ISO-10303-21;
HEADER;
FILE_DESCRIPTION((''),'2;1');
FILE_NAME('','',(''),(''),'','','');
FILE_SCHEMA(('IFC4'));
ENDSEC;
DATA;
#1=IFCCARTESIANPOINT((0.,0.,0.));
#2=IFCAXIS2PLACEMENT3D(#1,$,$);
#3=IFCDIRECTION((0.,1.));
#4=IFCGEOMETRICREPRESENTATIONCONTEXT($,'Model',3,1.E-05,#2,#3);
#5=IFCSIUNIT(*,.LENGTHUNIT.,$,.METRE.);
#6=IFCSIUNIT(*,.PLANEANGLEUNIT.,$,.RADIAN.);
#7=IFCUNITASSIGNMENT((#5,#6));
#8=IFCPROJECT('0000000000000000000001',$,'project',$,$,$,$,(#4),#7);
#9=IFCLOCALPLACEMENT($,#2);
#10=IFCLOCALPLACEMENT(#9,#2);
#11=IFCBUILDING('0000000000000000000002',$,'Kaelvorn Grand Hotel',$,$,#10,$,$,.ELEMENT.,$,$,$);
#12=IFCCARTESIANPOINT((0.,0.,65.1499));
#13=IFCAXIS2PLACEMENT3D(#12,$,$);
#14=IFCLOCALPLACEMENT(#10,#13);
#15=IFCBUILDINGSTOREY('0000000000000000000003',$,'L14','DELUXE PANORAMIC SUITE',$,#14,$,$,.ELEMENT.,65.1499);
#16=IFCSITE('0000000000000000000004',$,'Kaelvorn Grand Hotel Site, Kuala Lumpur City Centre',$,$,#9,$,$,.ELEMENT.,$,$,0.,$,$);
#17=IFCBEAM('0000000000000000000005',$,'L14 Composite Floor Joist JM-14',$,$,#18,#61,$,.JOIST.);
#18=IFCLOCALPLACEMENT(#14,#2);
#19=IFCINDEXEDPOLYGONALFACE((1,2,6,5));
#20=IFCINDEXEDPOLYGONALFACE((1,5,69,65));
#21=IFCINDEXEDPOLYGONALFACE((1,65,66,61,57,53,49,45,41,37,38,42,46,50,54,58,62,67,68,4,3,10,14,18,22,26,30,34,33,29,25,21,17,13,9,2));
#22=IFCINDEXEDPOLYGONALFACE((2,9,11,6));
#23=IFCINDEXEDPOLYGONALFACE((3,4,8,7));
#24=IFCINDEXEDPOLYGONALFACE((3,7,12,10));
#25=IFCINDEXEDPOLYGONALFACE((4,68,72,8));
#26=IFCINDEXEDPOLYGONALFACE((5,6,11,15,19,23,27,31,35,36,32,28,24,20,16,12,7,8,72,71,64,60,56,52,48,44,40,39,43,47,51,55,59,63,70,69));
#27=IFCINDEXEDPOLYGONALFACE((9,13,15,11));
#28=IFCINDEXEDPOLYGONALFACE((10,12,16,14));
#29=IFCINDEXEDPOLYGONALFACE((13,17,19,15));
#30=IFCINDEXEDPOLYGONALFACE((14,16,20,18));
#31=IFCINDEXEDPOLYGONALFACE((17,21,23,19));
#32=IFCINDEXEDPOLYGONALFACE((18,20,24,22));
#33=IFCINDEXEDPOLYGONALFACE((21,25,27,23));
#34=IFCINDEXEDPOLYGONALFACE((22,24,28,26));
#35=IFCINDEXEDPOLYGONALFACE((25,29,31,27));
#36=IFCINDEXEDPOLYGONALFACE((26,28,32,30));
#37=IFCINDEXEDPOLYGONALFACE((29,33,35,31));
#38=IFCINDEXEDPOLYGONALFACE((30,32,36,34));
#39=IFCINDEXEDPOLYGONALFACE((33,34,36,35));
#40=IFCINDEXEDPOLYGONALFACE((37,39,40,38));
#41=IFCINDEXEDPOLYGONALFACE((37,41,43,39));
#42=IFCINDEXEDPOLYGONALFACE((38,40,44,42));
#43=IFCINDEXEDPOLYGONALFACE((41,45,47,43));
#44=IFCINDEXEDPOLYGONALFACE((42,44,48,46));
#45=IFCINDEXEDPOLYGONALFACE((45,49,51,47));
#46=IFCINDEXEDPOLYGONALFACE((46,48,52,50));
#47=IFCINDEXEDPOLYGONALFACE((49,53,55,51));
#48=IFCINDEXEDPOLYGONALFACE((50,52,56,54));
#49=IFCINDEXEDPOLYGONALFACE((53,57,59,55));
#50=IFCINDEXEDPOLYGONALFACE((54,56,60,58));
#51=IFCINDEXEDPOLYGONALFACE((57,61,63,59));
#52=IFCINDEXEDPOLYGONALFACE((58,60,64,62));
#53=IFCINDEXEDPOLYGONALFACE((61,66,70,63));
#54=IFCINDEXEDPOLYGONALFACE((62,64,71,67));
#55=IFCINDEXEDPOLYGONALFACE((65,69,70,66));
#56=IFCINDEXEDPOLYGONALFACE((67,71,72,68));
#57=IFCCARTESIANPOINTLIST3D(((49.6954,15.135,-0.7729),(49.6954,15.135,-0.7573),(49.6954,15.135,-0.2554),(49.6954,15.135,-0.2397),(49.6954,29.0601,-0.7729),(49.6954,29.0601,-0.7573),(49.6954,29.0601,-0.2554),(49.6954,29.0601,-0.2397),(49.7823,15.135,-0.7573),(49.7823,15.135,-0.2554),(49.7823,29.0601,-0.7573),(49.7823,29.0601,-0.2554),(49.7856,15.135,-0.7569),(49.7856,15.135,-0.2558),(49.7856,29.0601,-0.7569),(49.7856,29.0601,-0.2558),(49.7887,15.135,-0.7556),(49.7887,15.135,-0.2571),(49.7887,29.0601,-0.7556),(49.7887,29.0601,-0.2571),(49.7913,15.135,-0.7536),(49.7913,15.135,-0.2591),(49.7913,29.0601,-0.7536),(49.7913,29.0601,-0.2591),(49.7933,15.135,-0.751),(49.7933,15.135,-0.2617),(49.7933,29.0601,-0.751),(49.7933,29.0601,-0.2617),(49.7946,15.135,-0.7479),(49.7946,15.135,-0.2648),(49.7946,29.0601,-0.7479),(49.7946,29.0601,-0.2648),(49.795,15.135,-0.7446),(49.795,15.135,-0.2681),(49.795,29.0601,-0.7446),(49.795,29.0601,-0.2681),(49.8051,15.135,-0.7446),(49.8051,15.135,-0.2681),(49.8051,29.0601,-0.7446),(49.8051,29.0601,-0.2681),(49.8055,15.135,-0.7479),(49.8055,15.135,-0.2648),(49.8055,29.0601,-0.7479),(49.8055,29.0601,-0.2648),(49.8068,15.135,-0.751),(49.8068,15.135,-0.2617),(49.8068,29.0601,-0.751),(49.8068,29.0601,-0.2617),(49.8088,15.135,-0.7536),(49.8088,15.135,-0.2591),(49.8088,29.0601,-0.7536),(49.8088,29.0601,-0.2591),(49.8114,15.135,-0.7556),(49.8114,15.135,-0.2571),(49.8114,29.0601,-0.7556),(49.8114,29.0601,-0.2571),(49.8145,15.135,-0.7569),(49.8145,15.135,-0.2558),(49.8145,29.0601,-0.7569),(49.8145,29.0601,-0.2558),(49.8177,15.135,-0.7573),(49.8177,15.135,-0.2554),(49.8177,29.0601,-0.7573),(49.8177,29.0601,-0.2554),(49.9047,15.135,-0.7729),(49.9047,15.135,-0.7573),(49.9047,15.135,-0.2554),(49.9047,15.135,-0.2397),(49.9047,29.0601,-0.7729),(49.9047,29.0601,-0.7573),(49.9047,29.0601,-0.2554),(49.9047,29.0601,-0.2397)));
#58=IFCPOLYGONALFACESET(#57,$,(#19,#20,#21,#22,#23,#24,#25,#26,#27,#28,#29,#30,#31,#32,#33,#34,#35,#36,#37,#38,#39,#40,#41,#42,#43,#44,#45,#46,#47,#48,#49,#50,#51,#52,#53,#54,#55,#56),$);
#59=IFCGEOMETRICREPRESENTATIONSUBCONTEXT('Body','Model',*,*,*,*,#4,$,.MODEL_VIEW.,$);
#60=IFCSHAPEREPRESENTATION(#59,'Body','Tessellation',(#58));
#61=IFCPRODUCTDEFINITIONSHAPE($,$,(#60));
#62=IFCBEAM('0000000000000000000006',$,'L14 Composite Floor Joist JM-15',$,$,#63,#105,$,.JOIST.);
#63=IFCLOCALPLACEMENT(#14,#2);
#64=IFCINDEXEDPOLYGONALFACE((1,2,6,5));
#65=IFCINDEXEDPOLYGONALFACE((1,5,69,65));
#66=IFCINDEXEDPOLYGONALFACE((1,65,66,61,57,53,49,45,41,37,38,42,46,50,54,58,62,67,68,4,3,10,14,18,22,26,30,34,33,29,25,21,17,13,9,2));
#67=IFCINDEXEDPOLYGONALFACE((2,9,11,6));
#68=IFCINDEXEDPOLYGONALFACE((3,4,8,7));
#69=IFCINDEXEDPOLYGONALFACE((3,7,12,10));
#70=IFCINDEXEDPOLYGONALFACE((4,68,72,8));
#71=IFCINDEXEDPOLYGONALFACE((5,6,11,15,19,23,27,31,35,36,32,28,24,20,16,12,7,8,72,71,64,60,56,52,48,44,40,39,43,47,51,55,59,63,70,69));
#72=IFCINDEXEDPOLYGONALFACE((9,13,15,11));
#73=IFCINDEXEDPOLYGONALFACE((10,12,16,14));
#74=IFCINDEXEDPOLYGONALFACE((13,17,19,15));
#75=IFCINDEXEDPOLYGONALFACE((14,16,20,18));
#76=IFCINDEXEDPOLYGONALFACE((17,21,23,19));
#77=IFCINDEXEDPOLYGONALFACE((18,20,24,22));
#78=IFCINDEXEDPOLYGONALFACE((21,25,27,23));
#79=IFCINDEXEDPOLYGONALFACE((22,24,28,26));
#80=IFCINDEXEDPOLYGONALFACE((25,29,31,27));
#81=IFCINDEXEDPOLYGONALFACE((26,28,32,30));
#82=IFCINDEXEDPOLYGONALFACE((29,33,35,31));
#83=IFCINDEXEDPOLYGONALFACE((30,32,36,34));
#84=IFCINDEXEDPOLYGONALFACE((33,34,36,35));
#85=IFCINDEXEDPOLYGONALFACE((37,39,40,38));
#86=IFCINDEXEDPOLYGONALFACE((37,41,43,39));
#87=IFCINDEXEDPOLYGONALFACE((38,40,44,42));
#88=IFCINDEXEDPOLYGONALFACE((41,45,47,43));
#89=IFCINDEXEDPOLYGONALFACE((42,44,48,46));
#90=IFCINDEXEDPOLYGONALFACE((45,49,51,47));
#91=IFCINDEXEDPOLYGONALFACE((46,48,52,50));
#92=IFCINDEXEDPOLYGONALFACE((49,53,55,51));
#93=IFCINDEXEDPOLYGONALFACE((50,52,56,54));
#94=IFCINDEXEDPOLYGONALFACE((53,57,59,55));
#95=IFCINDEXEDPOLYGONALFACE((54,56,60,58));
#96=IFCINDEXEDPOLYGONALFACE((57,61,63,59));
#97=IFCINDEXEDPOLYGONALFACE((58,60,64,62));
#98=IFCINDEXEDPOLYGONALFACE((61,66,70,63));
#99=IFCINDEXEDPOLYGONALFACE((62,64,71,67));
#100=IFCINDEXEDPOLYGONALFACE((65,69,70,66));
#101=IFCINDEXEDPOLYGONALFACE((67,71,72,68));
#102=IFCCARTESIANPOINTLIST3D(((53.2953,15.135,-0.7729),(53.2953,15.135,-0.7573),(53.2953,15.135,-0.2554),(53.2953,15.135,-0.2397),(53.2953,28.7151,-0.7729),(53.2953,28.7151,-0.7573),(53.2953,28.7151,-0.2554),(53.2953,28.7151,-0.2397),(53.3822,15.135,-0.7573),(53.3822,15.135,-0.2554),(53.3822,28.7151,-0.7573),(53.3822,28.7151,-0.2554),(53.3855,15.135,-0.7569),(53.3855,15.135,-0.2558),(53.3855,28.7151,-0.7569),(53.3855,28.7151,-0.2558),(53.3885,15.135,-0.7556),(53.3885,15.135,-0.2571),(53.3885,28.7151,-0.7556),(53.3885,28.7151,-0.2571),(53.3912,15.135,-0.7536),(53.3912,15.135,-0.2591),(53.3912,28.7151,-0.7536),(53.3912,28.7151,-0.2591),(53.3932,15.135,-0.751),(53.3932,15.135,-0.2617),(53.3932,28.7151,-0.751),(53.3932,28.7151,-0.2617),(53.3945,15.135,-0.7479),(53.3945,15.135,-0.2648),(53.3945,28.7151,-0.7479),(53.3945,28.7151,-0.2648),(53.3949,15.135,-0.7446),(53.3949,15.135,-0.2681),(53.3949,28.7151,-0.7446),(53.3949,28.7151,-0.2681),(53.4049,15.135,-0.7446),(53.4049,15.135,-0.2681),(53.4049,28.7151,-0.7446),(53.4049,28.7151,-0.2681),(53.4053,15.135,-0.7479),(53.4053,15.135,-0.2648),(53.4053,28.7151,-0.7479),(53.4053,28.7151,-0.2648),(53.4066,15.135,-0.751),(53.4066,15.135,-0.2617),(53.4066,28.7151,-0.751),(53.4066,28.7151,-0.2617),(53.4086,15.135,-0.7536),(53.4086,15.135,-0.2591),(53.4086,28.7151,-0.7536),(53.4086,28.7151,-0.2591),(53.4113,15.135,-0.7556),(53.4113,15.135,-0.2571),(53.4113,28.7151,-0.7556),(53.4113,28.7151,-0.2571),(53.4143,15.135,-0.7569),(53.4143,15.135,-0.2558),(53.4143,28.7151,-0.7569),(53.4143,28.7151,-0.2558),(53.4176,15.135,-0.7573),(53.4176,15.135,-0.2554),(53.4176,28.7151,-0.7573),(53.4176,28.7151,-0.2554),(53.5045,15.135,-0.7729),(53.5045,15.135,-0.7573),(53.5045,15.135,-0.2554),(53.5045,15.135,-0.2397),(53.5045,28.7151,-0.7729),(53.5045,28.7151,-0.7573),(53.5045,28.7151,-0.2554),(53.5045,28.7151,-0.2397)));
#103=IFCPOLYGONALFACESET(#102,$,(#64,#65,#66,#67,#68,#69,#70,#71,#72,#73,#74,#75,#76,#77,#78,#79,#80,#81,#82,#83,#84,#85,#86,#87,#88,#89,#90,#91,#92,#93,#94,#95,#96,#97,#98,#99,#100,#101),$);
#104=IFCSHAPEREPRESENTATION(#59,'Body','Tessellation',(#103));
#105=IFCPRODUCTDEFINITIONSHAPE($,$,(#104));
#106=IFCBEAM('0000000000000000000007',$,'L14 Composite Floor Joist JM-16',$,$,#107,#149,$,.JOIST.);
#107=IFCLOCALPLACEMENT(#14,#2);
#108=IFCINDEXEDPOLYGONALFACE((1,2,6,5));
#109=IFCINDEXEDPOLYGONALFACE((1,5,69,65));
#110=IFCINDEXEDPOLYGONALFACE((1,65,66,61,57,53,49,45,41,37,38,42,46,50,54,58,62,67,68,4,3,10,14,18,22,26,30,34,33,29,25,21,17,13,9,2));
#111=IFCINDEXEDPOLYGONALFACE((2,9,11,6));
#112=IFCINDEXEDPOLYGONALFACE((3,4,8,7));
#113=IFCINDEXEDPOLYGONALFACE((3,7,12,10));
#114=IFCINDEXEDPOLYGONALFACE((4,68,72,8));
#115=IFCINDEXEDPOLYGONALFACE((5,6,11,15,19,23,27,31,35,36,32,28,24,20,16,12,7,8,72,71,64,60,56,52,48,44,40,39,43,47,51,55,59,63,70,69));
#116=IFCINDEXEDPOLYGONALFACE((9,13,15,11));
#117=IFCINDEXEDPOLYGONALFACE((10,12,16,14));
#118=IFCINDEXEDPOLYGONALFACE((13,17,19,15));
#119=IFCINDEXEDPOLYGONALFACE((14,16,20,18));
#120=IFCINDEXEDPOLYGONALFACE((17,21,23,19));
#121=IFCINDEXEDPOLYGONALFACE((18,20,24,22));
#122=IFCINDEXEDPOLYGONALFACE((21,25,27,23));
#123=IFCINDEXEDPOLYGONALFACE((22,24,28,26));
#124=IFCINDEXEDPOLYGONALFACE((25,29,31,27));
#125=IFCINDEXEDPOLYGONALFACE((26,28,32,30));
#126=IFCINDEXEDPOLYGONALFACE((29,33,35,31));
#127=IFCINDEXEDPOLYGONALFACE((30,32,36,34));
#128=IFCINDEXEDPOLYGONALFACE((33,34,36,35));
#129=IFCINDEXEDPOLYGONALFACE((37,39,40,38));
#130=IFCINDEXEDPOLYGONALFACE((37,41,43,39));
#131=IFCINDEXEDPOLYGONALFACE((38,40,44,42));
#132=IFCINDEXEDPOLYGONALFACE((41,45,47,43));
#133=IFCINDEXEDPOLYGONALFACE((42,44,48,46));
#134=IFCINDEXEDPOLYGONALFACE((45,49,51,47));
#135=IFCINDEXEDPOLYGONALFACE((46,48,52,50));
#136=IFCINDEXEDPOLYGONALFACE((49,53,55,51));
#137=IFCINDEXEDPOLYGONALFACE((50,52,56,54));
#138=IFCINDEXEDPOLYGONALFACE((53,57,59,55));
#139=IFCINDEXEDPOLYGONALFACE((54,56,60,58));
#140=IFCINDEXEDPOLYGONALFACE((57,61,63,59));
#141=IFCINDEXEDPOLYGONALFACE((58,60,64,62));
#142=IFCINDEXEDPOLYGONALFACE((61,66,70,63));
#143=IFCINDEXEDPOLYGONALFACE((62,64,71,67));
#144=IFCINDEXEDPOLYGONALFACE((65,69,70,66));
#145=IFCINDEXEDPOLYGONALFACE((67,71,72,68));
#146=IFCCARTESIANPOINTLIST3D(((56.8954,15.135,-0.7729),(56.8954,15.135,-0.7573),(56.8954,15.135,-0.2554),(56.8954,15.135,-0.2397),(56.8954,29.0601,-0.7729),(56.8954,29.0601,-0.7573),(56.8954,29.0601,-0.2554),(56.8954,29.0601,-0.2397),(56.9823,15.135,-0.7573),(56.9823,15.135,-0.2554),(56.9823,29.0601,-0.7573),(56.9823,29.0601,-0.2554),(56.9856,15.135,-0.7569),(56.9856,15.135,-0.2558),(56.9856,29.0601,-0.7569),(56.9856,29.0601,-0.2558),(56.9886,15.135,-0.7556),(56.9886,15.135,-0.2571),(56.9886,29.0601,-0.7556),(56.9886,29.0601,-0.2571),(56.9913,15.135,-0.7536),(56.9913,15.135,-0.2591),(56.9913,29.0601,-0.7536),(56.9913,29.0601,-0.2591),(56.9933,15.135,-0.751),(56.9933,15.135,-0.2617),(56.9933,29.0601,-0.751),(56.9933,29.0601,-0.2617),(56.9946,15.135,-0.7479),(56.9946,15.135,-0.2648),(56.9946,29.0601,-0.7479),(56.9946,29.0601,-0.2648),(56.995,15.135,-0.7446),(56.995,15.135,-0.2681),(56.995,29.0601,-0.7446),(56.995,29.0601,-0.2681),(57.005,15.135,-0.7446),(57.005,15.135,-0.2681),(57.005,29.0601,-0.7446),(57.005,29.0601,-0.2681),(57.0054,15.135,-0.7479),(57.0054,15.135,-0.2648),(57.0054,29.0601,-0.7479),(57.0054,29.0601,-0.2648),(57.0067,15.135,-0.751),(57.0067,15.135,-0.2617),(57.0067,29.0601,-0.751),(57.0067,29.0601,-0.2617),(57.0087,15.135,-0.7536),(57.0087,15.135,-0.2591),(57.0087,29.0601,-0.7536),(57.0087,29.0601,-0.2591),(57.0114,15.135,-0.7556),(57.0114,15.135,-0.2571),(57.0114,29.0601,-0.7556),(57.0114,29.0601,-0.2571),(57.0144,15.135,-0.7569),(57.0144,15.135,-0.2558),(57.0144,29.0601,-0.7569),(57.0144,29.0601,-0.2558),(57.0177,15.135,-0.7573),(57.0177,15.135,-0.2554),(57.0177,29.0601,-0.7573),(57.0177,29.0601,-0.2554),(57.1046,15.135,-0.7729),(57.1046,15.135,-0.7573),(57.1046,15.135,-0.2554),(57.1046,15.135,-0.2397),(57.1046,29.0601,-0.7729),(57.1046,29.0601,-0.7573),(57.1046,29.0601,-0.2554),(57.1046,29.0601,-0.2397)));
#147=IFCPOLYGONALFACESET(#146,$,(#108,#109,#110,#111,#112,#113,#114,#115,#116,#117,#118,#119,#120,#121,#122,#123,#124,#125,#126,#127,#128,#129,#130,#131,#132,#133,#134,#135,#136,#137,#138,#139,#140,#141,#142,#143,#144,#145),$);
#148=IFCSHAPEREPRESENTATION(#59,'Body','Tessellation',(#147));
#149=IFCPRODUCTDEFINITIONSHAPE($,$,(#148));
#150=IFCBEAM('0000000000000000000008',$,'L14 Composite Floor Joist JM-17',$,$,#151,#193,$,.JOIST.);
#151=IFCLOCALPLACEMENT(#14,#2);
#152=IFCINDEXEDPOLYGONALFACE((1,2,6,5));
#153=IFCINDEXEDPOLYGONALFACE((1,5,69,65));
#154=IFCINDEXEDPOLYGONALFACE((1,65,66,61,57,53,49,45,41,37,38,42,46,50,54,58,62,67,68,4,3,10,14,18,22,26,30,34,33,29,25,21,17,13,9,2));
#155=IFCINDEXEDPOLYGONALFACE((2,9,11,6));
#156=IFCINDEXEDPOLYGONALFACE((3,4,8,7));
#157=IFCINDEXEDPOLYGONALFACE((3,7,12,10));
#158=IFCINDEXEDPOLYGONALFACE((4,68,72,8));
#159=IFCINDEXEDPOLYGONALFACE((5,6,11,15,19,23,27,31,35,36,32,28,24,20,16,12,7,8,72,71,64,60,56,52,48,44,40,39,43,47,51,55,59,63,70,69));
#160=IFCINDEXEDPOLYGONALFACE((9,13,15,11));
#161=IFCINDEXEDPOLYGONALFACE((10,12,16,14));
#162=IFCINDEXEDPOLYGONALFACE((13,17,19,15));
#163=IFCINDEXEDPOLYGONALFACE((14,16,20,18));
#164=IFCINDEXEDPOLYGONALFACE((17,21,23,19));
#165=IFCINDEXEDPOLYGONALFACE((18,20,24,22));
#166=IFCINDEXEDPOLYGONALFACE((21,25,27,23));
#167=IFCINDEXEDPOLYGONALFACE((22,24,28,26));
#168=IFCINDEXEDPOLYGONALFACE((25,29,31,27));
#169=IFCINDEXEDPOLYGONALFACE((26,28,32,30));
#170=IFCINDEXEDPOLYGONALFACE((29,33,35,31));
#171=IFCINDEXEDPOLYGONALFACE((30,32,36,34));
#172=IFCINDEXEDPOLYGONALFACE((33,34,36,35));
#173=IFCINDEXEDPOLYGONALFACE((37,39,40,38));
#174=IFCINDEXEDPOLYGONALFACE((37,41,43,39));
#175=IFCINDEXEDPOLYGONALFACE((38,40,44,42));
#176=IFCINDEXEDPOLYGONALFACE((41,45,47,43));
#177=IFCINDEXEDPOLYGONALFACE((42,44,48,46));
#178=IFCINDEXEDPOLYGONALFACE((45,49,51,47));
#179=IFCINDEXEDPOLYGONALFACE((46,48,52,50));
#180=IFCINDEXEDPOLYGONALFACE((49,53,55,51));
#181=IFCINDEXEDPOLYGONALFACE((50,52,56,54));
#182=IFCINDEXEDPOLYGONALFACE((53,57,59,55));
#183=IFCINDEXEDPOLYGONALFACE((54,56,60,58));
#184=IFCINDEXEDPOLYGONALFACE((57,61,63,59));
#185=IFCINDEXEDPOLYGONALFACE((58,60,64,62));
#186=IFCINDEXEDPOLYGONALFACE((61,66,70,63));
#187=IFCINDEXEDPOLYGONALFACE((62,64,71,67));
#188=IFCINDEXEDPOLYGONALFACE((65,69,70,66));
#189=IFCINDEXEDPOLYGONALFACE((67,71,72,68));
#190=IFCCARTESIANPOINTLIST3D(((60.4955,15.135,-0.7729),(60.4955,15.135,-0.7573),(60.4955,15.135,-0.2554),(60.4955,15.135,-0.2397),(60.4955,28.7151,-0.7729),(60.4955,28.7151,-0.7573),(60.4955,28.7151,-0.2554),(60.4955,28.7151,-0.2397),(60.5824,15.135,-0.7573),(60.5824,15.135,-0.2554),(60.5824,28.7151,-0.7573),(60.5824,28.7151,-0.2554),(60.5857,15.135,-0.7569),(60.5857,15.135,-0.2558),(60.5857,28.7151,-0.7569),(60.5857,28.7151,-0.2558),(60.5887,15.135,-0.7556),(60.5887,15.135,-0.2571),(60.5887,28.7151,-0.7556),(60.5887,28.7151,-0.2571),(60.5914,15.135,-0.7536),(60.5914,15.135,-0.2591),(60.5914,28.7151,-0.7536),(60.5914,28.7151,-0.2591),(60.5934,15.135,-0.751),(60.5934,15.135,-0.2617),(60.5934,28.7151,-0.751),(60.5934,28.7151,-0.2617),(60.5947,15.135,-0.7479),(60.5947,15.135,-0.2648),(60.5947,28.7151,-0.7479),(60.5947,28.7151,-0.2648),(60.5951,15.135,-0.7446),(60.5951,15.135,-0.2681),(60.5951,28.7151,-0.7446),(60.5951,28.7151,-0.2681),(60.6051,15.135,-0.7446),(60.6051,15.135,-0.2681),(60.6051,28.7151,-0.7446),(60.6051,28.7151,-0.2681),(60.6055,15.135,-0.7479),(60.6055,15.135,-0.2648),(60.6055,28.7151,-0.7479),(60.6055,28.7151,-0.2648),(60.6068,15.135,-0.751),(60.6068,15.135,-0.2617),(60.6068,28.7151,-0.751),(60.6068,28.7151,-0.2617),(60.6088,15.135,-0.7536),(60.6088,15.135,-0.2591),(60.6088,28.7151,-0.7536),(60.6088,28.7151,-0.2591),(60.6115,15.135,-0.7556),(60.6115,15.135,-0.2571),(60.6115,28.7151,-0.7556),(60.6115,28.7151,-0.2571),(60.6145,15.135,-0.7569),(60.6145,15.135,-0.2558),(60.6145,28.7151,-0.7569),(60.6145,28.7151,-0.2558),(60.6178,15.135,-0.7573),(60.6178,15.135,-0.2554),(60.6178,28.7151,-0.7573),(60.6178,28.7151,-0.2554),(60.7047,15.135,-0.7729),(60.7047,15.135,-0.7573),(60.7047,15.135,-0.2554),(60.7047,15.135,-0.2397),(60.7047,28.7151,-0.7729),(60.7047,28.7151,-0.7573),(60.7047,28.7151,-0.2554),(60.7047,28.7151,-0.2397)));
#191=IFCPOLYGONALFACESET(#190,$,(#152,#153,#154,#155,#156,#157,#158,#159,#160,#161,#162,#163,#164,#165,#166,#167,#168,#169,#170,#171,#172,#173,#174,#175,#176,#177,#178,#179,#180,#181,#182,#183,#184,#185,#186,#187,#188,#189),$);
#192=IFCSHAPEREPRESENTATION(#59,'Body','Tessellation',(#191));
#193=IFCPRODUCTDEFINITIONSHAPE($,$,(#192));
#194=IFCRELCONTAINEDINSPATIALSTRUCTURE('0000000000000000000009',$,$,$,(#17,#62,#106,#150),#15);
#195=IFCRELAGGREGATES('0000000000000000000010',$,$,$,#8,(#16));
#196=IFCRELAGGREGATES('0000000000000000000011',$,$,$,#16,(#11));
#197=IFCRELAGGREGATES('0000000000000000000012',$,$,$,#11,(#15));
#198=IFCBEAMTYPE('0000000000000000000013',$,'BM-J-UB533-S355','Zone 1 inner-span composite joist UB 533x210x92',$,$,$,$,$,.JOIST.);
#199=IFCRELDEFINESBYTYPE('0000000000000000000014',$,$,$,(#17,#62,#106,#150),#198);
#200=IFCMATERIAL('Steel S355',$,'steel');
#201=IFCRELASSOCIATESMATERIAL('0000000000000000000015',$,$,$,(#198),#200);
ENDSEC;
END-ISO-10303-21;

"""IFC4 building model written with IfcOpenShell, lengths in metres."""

from ifc_helpers import new_model, si_unit, direction, frame, origin, origin_2d, place, context, subcontext, project, spatial, i_section, extrude, material, material_profile, profile_set, type_object, element, save


model = new_model("IFC4")

# Units and contexts
model_context = context("Model", 3, precision=1e-05, world=origin(), true_north=direction((0.0, 1.0)))
body_context = subcontext(model_context, "Body", "Model", "MODEL_VIEW")
ifc_project = project(units=[si_unit("LENGTHUNIT", "METRE"), si_unit("PLANEANGLEUNIT", "RADIAN")], contexts=[model_context])

# Site, building, storey
site_placement = place(None, origin())
site = spatial("IfcSite", under=ifc_project, at=site_placement, Name="Kaelvorn Grand Hotel Site, Kuala Lumpur City Centre", CompositionType="ELEMENT", RefElevation=0.0)
building_placement = place(site_placement, origin())
building = spatial("IfcBuilding", under=site, at=building_placement, Name="Kaelvorn Grand Hotel", CompositionType="ELEMENT")
storey_placement = place(building_placement, frame((0.0, 0.0, 65.1499)))
storey = spatial("IfcBuildingStorey", under=building, at=storey_placement, Name="L14", Description="DELUXE PANORAMIC SUITE", CompositionType="ELEMENT", Elevation=65.1499)

# Beams
ifc_material_1 = material(Name="Steel S355", Category="steel")
ifc_material_profile_1 = material_profile(ifc_material_1, i_section(OverallWidth=0.2092, OverallDepth=0.5332, WebThickness=0.01, FlangeThickness=0.0156, FilletRadius=0.0127, at=origin_2d()), Name="UB 533x210x92")
ifc_profile_set_1 = profile_set([ifc_material_profile_1], Name="Steel S355")
beam_type_1 = type_object("IfcBeamType", Name="BM-J-UB533-S355", Description="Zone 1 inner-span composite joist UB 533x210x92", PredefinedType="JOIST", material=ifc_profile_set_1)
beam_1_placement = place(storey_placement, frame((49.8, 15.135, -0.5063), z_axis=(0.0, 1.0, 0.0), x_axis=(-1.0, 0.0, 0.0)))
element("IfcBeam", 1, at=beam_1_placement, inside=storey, type_object=beam_type_1, Name="L14 Composite Floor Joist JM-14", PredefinedType="JOIST", context=body_context, shape_type="SweptSolid", body=[
    extrude(i_section(OverallWidth=0.2092, OverallDepth=0.5332, WebThickness=0.01, FlangeThickness=0.0156, FilletRadius=0.0127, at=origin_2d()), origin(), (0.0, 0.0, 1.0), 13.925),
])
beam_2_placement = place(storey_placement, frame((53.3999, 15.135, -0.5063), z_axis=(0.0, 1.0, 0.0), x_axis=(-1.0, 0.0, 0.0)))
element("IfcBeam", 2, at=beam_2_placement, inside=storey, type_object=beam_type_1, Name="L14 Composite Floor Joist JM-15", PredefinedType="JOIST", context=body_context, shape_type="SweptSolid", body=[
    extrude(i_section(OverallWidth=0.2092, OverallDepth=0.5332, WebThickness=0.01, FlangeThickness=0.0156, FilletRadius=0.0127, at=origin_2d()), origin(), (0.0, 0.0, 1.0), 13.5801),
])
beam_3_placement = place(storey_placement, frame((57.0, 15.135, -0.5063), z_axis=(0.0, 1.0, 0.0), x_axis=(-1.0, 0.0, 0.0)))
element("IfcBeam", 3, at=beam_3_placement, inside=storey, type_object=beam_type_1, Name="L14 Composite Floor Joist JM-16", PredefinedType="JOIST", context=body_context, shape_type="SweptSolid", body=[
    extrude(i_section(OverallWidth=0.2092, OverallDepth=0.5332, WebThickness=0.01, FlangeThickness=0.0156, FilletRadius=0.0127, at=origin_2d()), origin(), (0.0, 0.0, 1.0), 13.925),
])
beam_4_placement = place(storey_placement, frame((60.6001, 15.135, -0.5063), z_axis=(0.0, 1.0, 0.0), x_axis=(-1.0, 0.0, 0.0)))
element("IfcBeam", 4, at=beam_4_placement, inside=storey, type_object=beam_type_1, Name="L14 Composite Floor Joist JM-17", PredefinedType="JOIST", context=body_context, shape_type="SweptSolid", body=[
    extrude(i_section(OverallWidth=0.2092, OverallDepth=0.5332, WebThickness=0.01, FlangeThickness=0.0156, FilletRadius=0.0127, at=origin_2d()), origin(), (0.0, 0.0, 1.0), 13.5801),
])

save(model, "model.ifc")
